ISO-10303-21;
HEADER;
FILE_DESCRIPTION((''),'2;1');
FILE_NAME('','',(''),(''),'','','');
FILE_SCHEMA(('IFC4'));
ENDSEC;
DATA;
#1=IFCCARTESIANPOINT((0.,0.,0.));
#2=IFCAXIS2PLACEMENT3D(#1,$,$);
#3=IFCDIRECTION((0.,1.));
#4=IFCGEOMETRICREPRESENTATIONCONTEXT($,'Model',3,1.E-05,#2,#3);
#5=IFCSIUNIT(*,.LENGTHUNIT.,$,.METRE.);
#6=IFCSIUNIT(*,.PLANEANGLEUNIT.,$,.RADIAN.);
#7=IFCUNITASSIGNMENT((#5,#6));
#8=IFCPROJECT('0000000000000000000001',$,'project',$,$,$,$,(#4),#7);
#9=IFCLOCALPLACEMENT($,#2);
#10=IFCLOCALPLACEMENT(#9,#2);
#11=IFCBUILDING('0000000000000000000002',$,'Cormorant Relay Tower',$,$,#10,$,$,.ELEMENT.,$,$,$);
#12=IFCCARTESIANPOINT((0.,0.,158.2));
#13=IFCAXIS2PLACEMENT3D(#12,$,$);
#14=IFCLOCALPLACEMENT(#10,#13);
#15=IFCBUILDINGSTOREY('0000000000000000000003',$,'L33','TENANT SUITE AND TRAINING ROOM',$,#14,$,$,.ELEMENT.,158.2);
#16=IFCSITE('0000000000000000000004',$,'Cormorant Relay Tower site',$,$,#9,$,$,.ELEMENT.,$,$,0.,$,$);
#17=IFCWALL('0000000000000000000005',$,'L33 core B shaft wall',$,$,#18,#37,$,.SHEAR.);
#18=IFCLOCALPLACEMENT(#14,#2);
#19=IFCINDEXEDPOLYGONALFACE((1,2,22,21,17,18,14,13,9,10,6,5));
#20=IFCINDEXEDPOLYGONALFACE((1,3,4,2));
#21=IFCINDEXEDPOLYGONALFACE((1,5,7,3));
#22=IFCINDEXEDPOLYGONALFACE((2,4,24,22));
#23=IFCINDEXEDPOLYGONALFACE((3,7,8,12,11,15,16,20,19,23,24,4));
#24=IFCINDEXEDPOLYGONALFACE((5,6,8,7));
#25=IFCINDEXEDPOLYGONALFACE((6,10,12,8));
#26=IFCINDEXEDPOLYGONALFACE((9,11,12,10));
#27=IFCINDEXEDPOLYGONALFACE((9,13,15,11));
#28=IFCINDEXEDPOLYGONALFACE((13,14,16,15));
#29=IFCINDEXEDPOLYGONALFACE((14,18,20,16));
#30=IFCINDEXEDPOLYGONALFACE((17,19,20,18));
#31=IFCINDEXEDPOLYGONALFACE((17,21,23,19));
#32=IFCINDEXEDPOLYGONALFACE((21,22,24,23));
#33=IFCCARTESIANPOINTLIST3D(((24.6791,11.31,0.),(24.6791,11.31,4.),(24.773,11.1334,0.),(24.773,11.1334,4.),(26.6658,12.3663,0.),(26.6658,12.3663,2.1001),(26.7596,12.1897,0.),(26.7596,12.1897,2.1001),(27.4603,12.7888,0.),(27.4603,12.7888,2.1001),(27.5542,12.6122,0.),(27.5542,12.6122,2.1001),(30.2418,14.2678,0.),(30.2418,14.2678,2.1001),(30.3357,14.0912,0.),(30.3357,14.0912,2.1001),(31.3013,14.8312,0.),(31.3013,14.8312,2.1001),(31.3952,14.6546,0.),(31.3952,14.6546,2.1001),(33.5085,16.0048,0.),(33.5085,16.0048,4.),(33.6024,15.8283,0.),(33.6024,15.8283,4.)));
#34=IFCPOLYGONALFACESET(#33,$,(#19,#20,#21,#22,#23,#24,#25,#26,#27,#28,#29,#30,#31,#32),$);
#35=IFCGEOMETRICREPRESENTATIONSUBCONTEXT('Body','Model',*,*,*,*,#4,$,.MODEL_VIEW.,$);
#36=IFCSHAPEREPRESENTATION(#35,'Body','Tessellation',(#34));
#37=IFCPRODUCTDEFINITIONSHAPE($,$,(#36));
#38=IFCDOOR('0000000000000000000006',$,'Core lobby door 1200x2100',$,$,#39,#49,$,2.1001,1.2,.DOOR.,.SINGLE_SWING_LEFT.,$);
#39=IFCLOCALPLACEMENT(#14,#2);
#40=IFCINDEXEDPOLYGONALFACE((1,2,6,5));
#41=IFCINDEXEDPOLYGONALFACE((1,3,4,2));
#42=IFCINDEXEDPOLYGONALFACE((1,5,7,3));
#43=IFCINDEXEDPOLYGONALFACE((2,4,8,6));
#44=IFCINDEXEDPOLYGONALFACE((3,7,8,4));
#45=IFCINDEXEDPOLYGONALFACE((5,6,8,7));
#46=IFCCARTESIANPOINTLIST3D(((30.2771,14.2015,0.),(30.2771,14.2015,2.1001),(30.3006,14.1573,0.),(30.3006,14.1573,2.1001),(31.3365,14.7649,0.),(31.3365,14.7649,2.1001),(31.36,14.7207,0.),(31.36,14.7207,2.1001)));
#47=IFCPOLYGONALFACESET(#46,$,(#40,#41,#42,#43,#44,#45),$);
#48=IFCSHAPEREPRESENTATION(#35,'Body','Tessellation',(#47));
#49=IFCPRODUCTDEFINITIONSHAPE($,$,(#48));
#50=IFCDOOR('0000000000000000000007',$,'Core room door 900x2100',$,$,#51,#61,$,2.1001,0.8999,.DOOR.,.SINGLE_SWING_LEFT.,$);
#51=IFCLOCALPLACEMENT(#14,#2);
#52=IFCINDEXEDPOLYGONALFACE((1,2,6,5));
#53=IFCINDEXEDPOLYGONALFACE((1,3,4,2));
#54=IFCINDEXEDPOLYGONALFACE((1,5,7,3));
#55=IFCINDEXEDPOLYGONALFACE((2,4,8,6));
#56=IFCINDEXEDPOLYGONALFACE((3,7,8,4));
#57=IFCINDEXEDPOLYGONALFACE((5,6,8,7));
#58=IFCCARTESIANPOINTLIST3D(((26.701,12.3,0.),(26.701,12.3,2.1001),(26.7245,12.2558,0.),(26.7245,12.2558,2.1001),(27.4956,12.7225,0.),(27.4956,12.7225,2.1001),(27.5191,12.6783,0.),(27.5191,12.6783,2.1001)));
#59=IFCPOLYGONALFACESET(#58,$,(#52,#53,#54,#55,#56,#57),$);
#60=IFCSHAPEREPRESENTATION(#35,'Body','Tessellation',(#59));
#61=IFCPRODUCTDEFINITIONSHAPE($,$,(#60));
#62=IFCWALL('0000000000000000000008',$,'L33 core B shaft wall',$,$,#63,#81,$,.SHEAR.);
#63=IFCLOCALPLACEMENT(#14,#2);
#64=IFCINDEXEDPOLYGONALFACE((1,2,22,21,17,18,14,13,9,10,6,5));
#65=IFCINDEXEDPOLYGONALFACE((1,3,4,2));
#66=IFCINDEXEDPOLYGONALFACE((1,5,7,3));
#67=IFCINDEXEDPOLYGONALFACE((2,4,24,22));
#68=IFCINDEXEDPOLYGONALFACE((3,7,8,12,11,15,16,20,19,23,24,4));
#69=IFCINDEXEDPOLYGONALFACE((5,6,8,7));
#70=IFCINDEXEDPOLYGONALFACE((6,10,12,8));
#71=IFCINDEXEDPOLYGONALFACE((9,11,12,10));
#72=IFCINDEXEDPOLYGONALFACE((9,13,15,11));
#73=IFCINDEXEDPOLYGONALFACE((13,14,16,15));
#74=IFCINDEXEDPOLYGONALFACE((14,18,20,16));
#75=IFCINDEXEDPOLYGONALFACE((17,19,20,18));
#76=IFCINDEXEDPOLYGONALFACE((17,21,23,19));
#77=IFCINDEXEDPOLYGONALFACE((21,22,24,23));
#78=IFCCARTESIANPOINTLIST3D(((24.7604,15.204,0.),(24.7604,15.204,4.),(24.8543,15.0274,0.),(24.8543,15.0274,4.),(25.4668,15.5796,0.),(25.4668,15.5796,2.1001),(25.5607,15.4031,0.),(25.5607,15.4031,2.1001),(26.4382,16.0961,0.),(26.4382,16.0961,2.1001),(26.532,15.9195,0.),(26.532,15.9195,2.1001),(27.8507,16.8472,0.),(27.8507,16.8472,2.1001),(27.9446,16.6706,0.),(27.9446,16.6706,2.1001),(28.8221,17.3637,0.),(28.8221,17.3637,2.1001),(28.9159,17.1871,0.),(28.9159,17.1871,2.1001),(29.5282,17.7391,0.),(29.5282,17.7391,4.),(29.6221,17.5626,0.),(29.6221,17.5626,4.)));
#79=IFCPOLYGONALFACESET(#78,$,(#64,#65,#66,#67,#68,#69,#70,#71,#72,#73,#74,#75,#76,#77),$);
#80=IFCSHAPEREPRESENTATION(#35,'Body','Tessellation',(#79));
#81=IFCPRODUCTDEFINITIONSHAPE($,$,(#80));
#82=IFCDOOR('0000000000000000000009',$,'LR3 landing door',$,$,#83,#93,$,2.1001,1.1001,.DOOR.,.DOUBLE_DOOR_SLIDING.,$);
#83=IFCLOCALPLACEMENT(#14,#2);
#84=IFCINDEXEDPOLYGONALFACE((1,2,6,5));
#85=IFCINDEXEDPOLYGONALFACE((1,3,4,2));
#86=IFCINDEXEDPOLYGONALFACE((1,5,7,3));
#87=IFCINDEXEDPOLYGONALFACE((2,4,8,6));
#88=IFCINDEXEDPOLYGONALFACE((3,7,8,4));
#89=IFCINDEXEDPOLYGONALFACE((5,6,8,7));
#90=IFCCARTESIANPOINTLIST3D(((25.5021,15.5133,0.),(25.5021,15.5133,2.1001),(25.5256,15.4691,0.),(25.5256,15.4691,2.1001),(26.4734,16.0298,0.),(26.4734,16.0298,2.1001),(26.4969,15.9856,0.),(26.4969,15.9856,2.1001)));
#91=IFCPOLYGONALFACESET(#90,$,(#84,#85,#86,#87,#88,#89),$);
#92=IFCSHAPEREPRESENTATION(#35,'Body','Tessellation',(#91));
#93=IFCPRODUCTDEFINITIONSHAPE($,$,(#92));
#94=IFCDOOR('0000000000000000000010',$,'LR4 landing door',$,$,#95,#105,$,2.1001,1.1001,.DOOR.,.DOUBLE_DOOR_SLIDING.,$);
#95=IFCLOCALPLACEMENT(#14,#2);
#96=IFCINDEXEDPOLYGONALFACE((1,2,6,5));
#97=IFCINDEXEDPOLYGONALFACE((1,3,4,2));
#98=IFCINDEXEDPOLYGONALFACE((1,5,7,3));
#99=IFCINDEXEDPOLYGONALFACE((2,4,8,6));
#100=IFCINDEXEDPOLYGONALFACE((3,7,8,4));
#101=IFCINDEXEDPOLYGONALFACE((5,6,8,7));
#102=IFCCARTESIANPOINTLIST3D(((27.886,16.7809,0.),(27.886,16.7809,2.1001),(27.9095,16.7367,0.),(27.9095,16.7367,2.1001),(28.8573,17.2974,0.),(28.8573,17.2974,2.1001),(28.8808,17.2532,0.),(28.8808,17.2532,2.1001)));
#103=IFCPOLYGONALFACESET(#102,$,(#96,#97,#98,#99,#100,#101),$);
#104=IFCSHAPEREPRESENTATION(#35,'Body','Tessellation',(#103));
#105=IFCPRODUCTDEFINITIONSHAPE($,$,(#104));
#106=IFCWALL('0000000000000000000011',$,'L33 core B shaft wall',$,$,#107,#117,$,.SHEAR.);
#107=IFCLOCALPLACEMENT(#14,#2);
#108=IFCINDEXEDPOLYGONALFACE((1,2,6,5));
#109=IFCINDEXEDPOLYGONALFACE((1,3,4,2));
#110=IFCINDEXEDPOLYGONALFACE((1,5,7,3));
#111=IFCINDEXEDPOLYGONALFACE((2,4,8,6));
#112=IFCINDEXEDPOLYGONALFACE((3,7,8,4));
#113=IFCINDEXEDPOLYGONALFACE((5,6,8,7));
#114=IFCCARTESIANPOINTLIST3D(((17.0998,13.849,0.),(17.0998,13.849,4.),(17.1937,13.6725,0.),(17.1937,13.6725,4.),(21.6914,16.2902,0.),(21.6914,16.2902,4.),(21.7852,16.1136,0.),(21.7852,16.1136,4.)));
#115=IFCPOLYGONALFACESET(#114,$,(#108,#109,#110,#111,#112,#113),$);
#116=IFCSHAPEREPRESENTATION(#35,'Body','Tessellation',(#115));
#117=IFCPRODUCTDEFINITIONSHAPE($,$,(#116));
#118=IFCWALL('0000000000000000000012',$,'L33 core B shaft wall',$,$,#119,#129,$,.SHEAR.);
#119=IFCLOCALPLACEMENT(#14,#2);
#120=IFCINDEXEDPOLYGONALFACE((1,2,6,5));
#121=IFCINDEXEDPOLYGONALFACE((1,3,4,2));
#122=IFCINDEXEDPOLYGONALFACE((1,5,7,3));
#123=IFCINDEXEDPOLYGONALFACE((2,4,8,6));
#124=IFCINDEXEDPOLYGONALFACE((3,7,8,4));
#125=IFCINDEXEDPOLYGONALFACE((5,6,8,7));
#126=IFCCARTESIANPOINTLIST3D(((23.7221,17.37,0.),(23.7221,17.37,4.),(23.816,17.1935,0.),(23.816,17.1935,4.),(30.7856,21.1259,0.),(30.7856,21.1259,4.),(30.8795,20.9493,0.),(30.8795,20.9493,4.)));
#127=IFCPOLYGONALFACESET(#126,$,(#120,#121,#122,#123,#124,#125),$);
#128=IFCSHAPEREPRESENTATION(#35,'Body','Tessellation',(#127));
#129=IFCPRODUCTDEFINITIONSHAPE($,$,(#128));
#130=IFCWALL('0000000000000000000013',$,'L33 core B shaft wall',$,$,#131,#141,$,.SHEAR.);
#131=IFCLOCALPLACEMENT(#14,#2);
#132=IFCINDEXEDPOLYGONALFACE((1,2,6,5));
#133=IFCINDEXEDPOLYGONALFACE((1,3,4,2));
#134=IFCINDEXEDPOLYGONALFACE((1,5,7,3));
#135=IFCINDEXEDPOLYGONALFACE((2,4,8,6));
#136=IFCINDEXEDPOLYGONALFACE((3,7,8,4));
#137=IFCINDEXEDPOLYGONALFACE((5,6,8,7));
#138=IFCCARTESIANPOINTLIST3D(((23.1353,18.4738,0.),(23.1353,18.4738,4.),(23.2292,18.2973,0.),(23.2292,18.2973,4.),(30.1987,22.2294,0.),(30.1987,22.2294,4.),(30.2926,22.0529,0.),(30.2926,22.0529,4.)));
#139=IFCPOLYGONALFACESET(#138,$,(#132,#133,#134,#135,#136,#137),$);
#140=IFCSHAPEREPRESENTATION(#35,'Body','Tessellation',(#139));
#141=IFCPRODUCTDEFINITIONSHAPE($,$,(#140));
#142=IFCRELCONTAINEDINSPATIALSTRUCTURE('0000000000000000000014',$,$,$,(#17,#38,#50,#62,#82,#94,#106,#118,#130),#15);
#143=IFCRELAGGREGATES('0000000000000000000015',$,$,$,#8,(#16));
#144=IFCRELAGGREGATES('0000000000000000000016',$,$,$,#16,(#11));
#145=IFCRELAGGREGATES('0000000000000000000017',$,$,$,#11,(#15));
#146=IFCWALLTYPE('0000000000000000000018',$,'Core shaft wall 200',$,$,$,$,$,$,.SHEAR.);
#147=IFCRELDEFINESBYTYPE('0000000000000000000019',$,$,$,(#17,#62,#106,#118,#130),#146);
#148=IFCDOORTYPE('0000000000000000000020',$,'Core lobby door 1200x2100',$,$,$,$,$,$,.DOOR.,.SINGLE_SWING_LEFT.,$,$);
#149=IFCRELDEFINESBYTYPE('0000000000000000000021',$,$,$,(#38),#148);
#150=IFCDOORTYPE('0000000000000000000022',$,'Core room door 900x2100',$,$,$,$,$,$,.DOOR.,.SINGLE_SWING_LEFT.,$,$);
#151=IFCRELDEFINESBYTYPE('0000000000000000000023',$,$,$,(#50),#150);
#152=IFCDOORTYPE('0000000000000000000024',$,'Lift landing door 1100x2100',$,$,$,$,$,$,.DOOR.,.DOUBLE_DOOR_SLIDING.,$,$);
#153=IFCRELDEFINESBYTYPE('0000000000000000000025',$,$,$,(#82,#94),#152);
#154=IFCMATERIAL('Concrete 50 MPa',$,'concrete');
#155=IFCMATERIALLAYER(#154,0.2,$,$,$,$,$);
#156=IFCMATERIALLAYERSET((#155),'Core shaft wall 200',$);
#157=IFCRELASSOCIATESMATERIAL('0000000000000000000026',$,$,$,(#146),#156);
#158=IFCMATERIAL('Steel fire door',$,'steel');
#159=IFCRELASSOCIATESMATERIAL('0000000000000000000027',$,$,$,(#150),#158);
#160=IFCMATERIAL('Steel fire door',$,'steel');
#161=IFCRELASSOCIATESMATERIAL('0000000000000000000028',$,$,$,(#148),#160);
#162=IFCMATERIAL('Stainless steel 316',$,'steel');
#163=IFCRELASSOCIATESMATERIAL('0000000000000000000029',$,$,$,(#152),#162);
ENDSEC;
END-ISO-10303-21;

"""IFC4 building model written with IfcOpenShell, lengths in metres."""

from ifc_helpers import new_model, si_unit, direction, frame, frame_2d, origin, place, context, subcontext, project, spatial, rectangle, extrude, material, layer, layer_set, type_object, element, fill, save


model = new_model("IFC4")

# Units and contexts
model_context = context("Model", 3, precision=1e-05, world=origin(), true_north=direction((0.0, 1.0)))
body_context = subcontext(model_context, "Body", "Model", "MODEL_VIEW")
ifc_project = project(units=[si_unit("LENGTHUNIT", "METRE"), si_unit("PLANEANGLEUNIT", "RADIAN")], contexts=[model_context])

# Site, building, storey
site_placement = place(None, origin())
site = spatial("IfcSite", under=ifc_project, at=site_placement, Name="Cormorant Relay Tower site", CompositionType="ELEMENT", RefElevation=0.0)
building_placement = place(site_placement, origin())
building = spatial("IfcBuilding", under=site, at=building_placement, Name="Cormorant Relay Tower", CompositionType="ELEMENT")
storey_placement = place(building_placement, frame((0.0, 0.0, 158.2)))
storey = spatial("IfcBuildingStorey", under=building, at=storey_placement, Name="L33", Description="TENANT SUITE AND TRAINING ROOM", CompositionType="ELEMENT", Elevation=158.2)

# Shared definitions
ifc_material_1 = material(Name="Concrete 50 MPa", Category="concrete")
ifc_layer_1 = layer(ifc_material_1, 0.2)
ifc_layer_set_1 = layer_set([ifc_layer_1], Name="Core shaft wall 200")
wall_type_1 = type_object("IfcWallType", Name="Core shaft wall 200", PredefinedType="SHEAR", material=ifc_layer_set_1)

# Shared definitions
ifc_material_2 = material(Name="Steel fire door", Category="steel")
door_type_1 = type_object("IfcDoorType", Name="Core room door 900x2100", OperationType="SINGLE_SWING_LEFT", PredefinedType="DOOR", material=ifc_material_2)

# Walls, openings, doors
wall_1_placement = place(storey_placement, frame((24.7261, 11.2217, 0.0), z_axis=(0.0, 0.0, 1.0), x_axis=(0.88294, 0.469485, 0.0)))
wall_1 = element("IfcWall", 1, at=wall_1_placement, inside=storey, type_object=wall_type_1, Name="L33 core B shaft wall", PredefinedType="SHEAR", context=body_context, shape_type="SweptSolid", body=[
    extrude(rectangle(XDim=10.0, YDim=0.2, at=frame_2d((5.0, 0.0))), origin(), (0.0, 0.0, 1.0), 4.0),
])
opening_1_placement = place(wall_1_placement, frame((6.3, 0.0, 0.0)))
opening_1 = element("IfcOpeningElement", 2, at=opening_1_placement, cuts=wall_1, PredefinedType="OPENING", context=body_context, shape_type="SweptSolid", body=[
    extrude(rectangle(XDim=1.2, YDim=2.1001, at=frame_2d((0.6001, 1.05))), frame((0.0, 0.1099, 0.0), z_axis=(0.0, -1.0, 0.0), x_axis=(1.0, 0.0, 0.0)), (0.0, 0.0, 1.0), 0.22),
])
opening_2_placement = place(wall_1_placement, frame((2.25, 0.0, 0.0)))
opening_2 = element("IfcOpeningElement", 3, at=opening_2_placement, cuts=wall_1, PredefinedType="OPENING", context=body_context, shape_type="SweptSolid", body=[
    extrude(rectangle(XDim=0.8999, YDim=2.1001, at=frame_2d((0.45, 1.05))), frame((0.0, 0.1099, 0.0), z_axis=(0.0, -1.0, 0.0), x_axis=(1.0, 0.0, 0.0)), (0.0, 0.0, 1.0), 0.22),
])
ifc_material_3 = material(Name="Steel fire door", Category="steel")
door_type_2 = type_object("IfcDoorType", Name="Core lobby door 1200x2100", OperationType="SINGLE_SWING_LEFT", PredefinedType="DOOR", material=ifc_material_3)
door_1_placement = place(opening_1_placement, origin())
door_1 = element("IfcDoor", 4, at=door_1_placement, inside=storey, type_object=door_type_2, Name="Core lobby door 1200x2100", OperationType="SINGLE_SWING_LEFT", OverallHeight=2.1001, OverallWidth=1.2, PredefinedType="DOOR", context=body_context, shape_type="SweptSolid", body=[
    extrude(rectangle(XDim=1.2, YDim=2.1001, at=frame_2d((0.6001, 1.05))), frame((0.0, 0.0249, 0.0), z_axis=(0.0, -1.0, 0.0), x_axis=(1.0, 0.0, 0.0)), (0.0, 0.0, 1.0), 0.05),
])
fill(opening_1, door_1)
door_2_placement = place(opening_2_placement, origin())
door_2 = element("IfcDoor", 5, at=door_2_placement, inside=storey, type_object=door_type_1, Name="Core room door 900x2100", OperationType="SINGLE_SWING_LEFT", OverallHeight=2.1001, OverallWidth=0.8999, PredefinedType="DOOR", context=body_context, shape_type="SweptSolid", body=[
    extrude(rectangle(XDim=0.8999, YDim=2.1001, at=frame_2d((0.45, 1.05))), frame((0.0, 0.0249, 0.0), z_axis=(0.0, -1.0, 0.0), x_axis=(1.0, 0.0, 0.0)), (0.0, 0.0, 1.0), 0.05),
])
fill(opening_2, door_2)
wall_2_placement = place(storey_placement, frame((24.8074, 15.1157, 0.0), z_axis=(0.0, 0.0, 1.0), x_axis=(0.882943, 0.46948, 0.0)))
wall_2 = element("IfcWall", 6, at=wall_2_placement, inside=storey, type_object=wall_type_1, Name="L33 core B shaft wall", PredefinedType="SHEAR", context=body_context, shape_type="SweptSolid", body=[
    extrude(rectangle(XDim=5.3999, YDim=0.2, at=frame_2d((2.7, 0.0))), origin(), (0.0, 0.0, 1.0), 4.0),
])
opening_3_placement = place(wall_2_placement, frame((0.8, 0.0, 0.0)))
opening_3 = element("IfcOpeningElement", 7, at=opening_3_placement, cuts=wall_2, PredefinedType="OPENING", context=body_context, shape_type="SweptSolid", body=[
    extrude(rectangle(XDim=1.1001, YDim=2.1001, at=frame_2d((0.55, 1.05))), frame((0.0, 0.1099, 0.0), z_axis=(0.0, -1.0, 0.0), x_axis=(1.0, 0.0, 0.0)), (0.0, 0.0, 1.0), 0.22),
])
opening_4_placement = place(wall_2_placement, frame((3.5, 0.0, 0.0)))
opening_4 = element("IfcOpeningElement", 8, at=opening_4_placement, cuts=wall_2, PredefinedType="OPENING", context=body_context, shape_type="SweptSolid", body=[
    extrude(rectangle(XDim=1.1001, YDim=2.1001, at=frame_2d((0.55, 1.05))), frame((0.0, 0.1099, 0.0), z_axis=(0.0, -1.0, 0.0), x_axis=(1.0, 0.0, 0.0)), (0.0, 0.0, 1.0), 0.22),
])
ifc_material_4 = material(Name="Stainless steel 316", Category="steel")
door_type_3 = type_object("IfcDoorType", Name="Lift landing door 1100x2100", OperationType="DOUBLE_DOOR_SLIDING", PredefinedType="DOOR", material=ifc_material_4)
door_3_placement = place(opening_3_placement, origin())
door_3 = element("IfcDoor", 9, at=door_3_placement, inside=storey, type_object=door_type_3, Name="LR3 landing door", OperationType="DOUBLE_DOOR_SLIDING", OverallHeight=2.1001, OverallWidth=1.1001, PredefinedType="DOOR", context=body_context, shape_type="SweptSolid", body=[
    extrude(rectangle(XDim=1.1001, YDim=2.1001, at=frame_2d((0.55, 1.05))), frame((0.0, 0.0249, 0.0), z_axis=(0.0, -1.0, 0.0), x_axis=(1.0, 0.0, 0.0)), (0.0, 0.0, 1.0), 0.05),
])
fill(opening_3, door_3)
door_4_placement = place(opening_4_placement, origin())
door_4 = element("IfcDoor", 10, at=door_4_placement, inside=storey, type_object=door_type_3, Name="LR4 landing door", OperationType="DOUBLE_DOOR_SLIDING", OverallHeight=2.1001, OverallWidth=1.1001, PredefinedType="DOOR", context=body_context, shape_type="SweptSolid", body=[
    extrude(rectangle(XDim=1.1001, YDim=2.1001, at=frame_2d((0.55, 1.05))), frame((0.0, 0.0249, 0.0), z_axis=(0.0, -1.0, 0.0), x_axis=(1.0, 0.0, 0.0)), (0.0, 0.0, 1.0), 0.05),
])
fill(opening_4, door_4)

# Walls
wall_3_placement = place(storey_placement, frame((17.1467, 13.7607, 0.0), z_axis=(0.0, 0.0, 1.0), x_axis=(0.882964, 0.46944, 0.0)))
element("IfcWall", 11, at=wall_3_placement, inside=storey, type_object=wall_type_1, Name="L33 core B shaft wall", PredefinedType="SHEAR", context=body_context, shape_type="SweptSolid", body=[
    extrude(rectangle(XDim=5.2002, YDim=0.2, at=frame_2d((2.6001, 0.0))), origin(), (0.0, 0.0, 1.0), 4.0),
])
wall_4_placement = place(storey_placement, frame((23.769, 17.2817, 0.0), z_axis=(0.0, 0.0, 1.0), x_axis=(0.88294, 0.469485, 0.0)))
element("IfcWall", 12, at=wall_4_placement, inside=storey, type_object=wall_type_1, Name="L33 core B shaft wall", PredefinedType="SHEAR", context=body_context, shape_type="SweptSolid", body=[
    extrude(rectangle(XDim=8.0, YDim=0.2, at=frame_2d((4.0, 0.0))), origin(), (0.0, 0.0, 1.0), 4.0),
])
wall_5_placement = place(storey_placement, frame((23.1821, 18.3855, 0.0), z_axis=(0.0, 0.0, 1.0), x_axis=(0.882953, 0.469462, 0.0)))
element("IfcWall", 13, at=wall_5_placement, inside=storey, type_object=wall_type_1, Name="L33 core B shaft wall", PredefinedType="SHEAR", context=body_context, shape_type="SweptSolid", body=[
    extrude(rectangle(XDim=7.9998, YDim=0.2, at=frame_2d((4.0, 0.0))), origin(), (0.0, 0.0, 1.0), 4.0),
])

save(model, "model.ifc")
